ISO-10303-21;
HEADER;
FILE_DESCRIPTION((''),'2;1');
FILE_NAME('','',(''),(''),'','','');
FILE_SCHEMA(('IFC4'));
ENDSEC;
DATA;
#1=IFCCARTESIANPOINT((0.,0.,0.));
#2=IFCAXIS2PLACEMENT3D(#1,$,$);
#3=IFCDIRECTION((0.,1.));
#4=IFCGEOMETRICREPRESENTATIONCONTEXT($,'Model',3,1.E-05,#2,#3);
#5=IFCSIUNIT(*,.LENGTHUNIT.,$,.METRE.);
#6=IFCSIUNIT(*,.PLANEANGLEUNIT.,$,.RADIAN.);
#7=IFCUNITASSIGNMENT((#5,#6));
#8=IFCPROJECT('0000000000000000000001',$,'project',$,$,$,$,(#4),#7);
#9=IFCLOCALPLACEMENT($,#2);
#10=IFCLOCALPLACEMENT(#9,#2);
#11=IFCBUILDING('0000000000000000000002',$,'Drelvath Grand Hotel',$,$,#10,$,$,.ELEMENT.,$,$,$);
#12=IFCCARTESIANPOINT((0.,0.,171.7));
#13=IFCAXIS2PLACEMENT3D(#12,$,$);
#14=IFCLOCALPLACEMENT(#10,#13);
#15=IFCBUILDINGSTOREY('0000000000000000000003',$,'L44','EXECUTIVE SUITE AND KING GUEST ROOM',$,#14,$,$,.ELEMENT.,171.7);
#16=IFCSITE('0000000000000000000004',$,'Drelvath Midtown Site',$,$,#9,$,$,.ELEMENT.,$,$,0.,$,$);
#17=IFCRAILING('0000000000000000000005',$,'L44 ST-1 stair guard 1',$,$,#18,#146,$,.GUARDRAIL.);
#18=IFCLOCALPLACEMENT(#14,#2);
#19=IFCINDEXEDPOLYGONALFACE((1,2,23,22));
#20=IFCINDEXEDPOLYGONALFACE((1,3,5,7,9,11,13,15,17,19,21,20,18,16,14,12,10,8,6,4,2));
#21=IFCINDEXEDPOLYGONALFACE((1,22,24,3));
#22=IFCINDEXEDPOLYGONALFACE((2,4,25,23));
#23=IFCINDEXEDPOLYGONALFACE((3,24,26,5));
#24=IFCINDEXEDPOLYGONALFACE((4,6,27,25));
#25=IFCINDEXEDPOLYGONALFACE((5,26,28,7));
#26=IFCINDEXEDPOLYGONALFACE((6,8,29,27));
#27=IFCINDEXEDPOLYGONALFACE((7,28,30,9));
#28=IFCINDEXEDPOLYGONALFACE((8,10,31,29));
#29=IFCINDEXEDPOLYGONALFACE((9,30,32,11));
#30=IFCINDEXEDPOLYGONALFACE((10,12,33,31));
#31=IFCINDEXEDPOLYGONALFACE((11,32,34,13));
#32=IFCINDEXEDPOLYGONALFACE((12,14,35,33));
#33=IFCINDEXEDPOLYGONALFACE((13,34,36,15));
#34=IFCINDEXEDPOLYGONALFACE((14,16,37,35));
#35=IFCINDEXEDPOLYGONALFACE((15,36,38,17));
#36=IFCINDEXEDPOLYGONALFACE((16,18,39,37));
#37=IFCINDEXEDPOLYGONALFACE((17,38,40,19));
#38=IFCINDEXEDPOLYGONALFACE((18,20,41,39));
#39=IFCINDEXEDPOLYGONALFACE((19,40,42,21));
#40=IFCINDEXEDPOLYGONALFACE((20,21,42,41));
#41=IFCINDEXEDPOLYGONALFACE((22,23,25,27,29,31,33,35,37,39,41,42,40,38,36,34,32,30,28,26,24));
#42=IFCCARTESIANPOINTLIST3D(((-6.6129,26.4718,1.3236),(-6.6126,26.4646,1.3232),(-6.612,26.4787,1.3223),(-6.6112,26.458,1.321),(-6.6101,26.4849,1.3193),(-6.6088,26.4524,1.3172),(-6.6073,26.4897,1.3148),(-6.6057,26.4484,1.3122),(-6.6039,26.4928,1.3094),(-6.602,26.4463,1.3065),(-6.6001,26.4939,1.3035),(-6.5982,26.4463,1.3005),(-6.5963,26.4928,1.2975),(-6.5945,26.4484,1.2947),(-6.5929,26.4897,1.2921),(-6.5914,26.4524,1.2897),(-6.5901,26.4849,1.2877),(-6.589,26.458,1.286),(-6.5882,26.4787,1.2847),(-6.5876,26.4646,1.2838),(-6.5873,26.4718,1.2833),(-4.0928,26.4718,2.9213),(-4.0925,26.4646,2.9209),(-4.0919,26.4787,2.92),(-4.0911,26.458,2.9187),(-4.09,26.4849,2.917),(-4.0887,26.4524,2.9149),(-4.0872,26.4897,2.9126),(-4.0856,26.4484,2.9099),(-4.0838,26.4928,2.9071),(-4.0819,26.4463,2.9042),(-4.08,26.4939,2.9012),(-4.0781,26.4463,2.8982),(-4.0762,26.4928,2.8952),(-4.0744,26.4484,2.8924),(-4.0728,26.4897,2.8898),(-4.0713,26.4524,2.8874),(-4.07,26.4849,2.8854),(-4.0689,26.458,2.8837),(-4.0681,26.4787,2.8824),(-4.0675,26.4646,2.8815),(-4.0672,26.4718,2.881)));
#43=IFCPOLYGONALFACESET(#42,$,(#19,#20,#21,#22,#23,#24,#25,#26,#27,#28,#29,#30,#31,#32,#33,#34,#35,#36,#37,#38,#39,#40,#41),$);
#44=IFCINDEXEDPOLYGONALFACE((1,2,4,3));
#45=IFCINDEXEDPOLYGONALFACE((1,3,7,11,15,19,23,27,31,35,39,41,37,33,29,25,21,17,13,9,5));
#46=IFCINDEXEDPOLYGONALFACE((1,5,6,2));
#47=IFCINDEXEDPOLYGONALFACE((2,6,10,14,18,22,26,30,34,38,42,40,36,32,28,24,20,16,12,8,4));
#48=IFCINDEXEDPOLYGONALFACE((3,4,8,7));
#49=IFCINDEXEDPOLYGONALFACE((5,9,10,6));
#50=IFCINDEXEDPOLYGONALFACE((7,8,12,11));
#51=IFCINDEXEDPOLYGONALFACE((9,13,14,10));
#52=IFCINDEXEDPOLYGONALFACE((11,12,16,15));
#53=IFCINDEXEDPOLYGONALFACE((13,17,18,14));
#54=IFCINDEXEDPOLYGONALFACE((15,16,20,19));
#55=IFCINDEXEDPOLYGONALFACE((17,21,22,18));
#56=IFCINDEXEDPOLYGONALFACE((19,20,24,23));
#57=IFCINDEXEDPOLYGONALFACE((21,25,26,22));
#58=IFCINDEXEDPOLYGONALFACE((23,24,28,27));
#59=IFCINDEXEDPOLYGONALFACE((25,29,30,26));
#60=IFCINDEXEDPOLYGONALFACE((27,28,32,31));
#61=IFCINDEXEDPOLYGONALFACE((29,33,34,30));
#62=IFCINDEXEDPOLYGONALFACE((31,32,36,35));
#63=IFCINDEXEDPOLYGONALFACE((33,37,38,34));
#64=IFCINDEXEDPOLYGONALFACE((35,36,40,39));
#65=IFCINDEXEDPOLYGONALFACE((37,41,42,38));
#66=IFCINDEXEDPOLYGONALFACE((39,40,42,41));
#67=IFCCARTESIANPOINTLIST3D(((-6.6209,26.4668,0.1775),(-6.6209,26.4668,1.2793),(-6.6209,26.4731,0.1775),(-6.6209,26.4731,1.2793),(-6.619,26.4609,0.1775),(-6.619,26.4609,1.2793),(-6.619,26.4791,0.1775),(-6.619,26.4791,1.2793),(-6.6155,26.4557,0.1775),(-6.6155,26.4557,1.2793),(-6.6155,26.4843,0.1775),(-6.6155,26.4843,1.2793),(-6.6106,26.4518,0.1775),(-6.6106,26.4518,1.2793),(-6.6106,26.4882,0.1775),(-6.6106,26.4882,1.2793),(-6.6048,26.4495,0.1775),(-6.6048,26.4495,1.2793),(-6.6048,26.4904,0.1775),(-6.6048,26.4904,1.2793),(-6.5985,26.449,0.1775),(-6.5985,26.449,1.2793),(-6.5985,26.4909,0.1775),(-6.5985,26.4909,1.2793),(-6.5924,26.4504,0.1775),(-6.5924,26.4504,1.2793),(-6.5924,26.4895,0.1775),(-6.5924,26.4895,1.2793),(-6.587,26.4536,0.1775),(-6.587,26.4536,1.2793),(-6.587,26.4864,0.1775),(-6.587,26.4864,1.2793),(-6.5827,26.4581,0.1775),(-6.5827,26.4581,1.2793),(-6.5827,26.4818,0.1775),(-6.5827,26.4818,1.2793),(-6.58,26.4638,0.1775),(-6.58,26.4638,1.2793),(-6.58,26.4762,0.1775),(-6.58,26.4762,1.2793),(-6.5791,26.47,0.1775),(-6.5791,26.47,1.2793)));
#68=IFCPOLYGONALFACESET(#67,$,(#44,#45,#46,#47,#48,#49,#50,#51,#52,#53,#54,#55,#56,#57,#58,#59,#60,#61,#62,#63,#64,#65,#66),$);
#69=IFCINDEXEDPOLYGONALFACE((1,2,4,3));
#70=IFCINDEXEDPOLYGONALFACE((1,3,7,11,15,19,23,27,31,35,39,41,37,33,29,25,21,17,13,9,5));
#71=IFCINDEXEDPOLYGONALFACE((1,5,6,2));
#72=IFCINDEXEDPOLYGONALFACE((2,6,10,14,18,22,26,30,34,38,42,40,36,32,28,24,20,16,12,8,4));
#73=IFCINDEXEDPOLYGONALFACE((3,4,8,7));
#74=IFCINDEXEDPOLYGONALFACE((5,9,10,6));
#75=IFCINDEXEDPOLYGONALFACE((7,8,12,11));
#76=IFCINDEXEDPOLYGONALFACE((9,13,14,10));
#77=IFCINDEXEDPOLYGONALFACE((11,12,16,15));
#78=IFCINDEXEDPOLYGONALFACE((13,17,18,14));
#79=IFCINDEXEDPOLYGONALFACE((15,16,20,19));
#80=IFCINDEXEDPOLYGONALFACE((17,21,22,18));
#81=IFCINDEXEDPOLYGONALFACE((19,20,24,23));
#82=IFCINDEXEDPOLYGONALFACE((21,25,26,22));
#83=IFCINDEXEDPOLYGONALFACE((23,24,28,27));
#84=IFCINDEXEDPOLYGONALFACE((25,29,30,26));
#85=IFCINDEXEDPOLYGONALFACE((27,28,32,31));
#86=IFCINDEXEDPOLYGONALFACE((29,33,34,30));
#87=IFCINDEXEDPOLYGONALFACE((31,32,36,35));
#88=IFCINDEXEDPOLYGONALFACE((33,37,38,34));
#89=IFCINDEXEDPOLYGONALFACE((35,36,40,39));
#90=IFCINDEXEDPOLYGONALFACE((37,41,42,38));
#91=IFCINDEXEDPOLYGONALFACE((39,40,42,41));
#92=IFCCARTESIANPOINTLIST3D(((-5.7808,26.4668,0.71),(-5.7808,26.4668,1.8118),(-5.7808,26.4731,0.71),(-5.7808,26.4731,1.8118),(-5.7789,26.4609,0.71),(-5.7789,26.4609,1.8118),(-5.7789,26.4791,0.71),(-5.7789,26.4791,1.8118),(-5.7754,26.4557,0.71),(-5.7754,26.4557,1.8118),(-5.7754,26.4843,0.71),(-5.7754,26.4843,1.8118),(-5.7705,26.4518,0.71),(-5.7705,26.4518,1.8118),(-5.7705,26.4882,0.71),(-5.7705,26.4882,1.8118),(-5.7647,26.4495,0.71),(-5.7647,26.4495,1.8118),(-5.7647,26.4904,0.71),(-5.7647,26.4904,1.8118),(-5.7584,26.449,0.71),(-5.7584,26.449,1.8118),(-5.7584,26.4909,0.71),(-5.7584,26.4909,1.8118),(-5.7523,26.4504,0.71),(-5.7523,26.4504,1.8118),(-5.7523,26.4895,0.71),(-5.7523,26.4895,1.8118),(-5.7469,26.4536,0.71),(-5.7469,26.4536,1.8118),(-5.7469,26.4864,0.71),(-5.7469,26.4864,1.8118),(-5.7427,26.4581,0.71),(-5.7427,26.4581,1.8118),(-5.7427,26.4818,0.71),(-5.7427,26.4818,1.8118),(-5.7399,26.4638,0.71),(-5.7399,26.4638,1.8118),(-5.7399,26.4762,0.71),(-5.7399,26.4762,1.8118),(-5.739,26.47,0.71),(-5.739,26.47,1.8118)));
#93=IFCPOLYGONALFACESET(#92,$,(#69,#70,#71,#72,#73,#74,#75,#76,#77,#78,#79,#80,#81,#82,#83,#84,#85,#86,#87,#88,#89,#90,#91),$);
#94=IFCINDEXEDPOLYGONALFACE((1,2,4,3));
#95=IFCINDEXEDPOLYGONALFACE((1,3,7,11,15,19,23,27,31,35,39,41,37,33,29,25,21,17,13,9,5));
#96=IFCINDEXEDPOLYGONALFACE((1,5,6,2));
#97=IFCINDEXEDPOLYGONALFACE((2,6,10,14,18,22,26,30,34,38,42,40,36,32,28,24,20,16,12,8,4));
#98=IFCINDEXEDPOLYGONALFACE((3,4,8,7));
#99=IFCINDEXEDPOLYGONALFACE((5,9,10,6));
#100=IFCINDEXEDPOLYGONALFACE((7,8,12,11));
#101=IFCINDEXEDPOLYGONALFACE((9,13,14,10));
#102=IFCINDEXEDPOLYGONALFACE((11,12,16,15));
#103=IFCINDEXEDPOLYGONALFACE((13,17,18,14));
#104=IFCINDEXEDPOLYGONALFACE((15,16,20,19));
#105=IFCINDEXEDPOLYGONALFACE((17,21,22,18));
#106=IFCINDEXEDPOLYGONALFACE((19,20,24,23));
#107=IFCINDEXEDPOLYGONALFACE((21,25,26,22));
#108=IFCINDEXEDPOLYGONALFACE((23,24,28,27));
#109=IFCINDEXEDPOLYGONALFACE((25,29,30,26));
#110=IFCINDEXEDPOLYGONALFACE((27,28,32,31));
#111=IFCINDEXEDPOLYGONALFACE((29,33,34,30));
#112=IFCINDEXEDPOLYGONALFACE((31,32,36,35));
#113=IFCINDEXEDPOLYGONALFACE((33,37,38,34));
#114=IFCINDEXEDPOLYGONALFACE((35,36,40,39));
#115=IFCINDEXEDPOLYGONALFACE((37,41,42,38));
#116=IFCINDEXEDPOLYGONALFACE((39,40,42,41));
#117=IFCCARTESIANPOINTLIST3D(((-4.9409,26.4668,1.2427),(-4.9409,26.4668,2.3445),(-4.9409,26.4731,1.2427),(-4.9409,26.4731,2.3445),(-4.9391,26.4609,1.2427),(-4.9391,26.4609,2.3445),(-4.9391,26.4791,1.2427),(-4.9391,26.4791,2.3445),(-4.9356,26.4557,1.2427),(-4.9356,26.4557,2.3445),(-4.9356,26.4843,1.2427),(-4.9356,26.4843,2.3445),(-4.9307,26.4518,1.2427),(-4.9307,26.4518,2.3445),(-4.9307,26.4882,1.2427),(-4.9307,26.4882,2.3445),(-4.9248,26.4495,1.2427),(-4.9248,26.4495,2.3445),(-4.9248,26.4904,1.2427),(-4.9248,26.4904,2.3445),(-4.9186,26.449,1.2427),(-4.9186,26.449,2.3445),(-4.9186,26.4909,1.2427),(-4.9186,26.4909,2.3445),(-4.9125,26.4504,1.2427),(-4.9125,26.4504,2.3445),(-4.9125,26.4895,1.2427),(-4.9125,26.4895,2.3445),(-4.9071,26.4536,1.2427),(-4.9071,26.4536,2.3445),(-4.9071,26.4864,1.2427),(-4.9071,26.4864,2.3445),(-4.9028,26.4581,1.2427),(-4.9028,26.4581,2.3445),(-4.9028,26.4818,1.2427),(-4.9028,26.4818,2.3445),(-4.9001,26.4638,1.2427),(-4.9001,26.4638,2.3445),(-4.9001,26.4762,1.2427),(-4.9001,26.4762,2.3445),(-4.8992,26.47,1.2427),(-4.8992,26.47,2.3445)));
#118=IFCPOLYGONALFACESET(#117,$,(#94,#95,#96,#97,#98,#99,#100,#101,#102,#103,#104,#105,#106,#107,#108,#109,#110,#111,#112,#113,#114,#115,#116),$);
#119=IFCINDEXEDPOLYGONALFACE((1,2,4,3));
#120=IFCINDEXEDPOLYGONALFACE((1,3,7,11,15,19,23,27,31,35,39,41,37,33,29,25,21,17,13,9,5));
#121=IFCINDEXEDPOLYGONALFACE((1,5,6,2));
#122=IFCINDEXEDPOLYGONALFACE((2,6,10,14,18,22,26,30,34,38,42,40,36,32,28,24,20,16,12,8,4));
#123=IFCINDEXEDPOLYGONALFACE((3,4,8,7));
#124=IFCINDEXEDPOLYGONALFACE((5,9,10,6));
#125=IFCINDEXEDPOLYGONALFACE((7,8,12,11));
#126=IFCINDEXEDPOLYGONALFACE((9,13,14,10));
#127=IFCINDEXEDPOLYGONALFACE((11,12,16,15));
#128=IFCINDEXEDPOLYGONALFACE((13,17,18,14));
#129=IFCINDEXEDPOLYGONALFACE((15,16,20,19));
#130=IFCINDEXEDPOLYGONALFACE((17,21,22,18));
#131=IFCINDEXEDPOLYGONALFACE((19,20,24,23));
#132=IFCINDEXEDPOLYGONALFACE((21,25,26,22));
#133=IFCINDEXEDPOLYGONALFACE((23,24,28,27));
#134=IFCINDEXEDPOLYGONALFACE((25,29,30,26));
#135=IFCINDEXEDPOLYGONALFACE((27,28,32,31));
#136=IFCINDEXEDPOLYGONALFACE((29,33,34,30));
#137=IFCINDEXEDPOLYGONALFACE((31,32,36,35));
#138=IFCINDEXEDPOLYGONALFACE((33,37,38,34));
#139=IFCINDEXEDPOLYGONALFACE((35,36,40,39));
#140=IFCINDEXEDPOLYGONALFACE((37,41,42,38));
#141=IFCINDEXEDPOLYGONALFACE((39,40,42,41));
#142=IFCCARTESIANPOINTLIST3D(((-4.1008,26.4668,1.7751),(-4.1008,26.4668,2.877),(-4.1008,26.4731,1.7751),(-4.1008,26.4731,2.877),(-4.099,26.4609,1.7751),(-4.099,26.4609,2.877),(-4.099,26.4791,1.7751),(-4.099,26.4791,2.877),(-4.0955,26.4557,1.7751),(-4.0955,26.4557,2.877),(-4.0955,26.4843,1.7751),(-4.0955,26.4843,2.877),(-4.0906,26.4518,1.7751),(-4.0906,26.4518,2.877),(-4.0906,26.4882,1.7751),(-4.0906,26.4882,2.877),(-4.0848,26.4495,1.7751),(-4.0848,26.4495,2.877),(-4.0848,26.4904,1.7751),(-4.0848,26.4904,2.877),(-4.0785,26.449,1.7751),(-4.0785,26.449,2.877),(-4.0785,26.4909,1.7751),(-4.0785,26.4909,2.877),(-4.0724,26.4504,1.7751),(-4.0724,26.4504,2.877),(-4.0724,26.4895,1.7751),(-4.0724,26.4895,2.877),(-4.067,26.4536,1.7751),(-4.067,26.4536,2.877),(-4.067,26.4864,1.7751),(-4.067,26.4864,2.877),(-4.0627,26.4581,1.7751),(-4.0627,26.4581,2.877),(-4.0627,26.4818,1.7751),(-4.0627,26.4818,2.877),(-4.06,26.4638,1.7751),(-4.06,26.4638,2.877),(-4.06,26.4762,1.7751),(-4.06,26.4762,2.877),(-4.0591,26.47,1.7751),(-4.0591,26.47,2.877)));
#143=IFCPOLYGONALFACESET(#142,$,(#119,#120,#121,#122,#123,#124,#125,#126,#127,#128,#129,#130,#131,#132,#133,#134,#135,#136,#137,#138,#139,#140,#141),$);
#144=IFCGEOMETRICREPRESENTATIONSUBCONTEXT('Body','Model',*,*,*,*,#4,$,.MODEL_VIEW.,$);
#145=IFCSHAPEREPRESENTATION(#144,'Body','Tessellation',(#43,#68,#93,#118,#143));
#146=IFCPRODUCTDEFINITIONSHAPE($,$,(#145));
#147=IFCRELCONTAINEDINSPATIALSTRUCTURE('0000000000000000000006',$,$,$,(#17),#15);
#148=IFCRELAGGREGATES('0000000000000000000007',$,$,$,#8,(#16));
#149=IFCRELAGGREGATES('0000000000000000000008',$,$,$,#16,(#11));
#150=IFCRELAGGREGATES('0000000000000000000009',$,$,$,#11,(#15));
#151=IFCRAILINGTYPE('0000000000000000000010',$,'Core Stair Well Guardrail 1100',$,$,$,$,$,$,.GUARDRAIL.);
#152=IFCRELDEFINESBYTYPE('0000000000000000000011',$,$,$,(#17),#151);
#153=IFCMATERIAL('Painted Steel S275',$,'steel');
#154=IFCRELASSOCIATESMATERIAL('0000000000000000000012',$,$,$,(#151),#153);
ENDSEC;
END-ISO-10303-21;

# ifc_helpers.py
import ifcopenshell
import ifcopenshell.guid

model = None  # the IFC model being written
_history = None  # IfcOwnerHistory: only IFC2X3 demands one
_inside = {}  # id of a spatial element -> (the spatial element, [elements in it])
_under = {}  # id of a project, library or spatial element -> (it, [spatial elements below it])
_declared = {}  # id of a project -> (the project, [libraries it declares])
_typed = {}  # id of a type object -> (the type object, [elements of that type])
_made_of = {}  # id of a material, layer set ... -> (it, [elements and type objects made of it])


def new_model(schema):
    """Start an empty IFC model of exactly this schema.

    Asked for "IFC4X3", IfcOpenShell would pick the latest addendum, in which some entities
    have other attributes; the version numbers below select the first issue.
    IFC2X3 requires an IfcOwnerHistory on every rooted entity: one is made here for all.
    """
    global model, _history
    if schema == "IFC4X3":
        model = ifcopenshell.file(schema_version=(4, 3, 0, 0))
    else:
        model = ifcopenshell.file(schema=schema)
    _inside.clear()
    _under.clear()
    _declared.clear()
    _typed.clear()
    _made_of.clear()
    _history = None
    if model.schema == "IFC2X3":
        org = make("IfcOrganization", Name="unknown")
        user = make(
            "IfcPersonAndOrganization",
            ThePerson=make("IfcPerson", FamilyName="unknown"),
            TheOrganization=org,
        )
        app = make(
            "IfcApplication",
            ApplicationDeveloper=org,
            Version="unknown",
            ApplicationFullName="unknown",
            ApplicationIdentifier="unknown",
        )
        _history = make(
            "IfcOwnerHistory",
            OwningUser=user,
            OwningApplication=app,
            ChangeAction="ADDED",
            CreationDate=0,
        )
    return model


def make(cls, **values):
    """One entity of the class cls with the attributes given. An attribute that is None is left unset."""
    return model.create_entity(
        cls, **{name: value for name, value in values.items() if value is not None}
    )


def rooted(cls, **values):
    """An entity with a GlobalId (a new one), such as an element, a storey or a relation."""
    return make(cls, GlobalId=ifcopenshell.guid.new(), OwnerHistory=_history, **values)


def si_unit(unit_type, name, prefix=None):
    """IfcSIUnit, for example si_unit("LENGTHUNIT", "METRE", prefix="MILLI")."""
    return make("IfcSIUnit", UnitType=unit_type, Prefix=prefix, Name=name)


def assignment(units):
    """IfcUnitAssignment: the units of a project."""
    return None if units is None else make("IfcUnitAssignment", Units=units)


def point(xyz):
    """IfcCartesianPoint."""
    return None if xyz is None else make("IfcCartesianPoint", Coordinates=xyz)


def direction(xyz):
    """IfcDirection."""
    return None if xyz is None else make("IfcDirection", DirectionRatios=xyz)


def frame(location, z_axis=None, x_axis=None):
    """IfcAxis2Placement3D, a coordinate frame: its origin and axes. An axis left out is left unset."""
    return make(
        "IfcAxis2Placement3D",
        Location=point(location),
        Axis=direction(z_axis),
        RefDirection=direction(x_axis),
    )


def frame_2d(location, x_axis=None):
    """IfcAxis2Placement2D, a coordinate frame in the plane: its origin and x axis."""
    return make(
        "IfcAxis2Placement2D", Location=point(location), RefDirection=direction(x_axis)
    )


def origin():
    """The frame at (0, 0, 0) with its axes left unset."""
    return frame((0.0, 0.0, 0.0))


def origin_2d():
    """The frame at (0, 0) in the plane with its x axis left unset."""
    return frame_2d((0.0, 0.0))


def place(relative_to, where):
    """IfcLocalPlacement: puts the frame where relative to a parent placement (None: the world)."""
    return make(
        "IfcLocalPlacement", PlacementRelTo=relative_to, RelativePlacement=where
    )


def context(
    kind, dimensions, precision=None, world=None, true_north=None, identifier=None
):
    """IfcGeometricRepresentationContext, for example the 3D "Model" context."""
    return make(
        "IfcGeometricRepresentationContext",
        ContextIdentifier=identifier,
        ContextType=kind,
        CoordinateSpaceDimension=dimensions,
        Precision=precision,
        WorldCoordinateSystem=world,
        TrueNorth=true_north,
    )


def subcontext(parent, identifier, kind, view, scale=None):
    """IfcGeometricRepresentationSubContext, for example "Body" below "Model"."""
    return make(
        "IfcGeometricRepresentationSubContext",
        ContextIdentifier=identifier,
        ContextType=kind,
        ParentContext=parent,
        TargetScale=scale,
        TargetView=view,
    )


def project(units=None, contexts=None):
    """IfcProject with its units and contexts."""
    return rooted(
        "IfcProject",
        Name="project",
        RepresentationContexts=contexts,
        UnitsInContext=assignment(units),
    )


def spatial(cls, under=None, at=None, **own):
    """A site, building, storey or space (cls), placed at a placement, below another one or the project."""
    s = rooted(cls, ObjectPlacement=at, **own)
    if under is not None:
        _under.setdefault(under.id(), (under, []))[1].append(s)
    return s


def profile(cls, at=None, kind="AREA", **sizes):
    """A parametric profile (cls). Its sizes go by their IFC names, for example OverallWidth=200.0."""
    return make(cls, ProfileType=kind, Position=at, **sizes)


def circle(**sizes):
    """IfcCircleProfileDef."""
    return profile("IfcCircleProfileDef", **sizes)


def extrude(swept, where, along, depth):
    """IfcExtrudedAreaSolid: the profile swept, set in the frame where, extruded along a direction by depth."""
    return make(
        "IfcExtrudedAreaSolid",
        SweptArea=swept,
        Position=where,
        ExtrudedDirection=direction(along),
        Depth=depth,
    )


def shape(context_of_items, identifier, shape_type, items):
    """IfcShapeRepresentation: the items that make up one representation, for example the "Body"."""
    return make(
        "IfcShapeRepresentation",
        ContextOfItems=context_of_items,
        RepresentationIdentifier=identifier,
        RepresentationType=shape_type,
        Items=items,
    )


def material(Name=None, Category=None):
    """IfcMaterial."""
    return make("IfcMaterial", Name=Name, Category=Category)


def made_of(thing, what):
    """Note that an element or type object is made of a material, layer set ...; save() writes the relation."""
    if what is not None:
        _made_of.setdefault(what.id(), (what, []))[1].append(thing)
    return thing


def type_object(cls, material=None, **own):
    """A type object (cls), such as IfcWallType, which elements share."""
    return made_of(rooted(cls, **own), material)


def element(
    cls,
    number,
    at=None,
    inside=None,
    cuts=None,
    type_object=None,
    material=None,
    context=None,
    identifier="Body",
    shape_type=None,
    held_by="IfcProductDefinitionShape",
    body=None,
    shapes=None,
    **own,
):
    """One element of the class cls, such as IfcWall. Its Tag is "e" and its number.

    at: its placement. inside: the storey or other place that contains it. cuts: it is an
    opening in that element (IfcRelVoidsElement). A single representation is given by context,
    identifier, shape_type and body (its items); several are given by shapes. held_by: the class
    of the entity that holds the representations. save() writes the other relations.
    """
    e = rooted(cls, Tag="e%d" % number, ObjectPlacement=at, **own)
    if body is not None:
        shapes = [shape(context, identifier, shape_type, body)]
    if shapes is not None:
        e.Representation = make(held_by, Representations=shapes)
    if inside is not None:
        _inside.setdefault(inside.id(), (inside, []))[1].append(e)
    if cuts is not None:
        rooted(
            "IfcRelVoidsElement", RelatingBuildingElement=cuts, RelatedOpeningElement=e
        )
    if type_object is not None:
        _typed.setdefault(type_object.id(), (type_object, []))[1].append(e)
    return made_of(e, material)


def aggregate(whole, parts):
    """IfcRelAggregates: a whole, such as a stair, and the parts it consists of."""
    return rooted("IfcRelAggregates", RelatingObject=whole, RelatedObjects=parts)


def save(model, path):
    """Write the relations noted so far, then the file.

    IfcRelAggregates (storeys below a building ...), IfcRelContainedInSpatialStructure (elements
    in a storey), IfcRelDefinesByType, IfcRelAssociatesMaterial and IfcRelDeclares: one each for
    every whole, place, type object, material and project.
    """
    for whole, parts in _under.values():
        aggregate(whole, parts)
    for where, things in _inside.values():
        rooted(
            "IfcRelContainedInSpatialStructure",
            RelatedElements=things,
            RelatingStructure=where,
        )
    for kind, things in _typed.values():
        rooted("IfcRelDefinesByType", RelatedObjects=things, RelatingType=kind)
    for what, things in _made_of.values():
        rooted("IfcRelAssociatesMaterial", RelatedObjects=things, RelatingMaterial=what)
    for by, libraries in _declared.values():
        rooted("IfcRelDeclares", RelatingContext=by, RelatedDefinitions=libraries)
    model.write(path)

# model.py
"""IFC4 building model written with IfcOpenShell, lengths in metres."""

from ifc_helpers import new_model, si_unit, direction, frame, origin, origin_2d, place, context, subcontext, project, spatial, circle, extrude, material, type_object, element, save


model = new_model("IFC4")

# Units and contexts
model_context = context("Model", 3, precision=1e-05, world=origin(), true_north=direction((0.0, 1.0)))
body_context = subcontext(model_context, "Body", "Model", "MODEL_VIEW")
ifc_project = project(units=[si_unit("LENGTHUNIT", "METRE"), si_unit("PLANEANGLEUNIT", "RADIAN")], contexts=[model_context])

# Site, building, storey
site_placement = place(None, origin())
site = spatial("IfcSite", under=ifc_project, at=site_placement, Name="Drelvath Midtown Site", CompositionType="ELEMENT", RefElevation=0.0)
building_placement = place(site_placement, origin())
building = spatial("IfcBuilding", under=site, at=building_placement, Name="Drelvath Grand Hotel", CompositionType="ELEMENT")
storey_placement = place(building_placement, frame((0.0, 0.0, 171.7)))
storey = spatial("IfcBuildingStorey", under=building, at=storey_placement, Name="L44", Description="EXECUTIVE SUITE AND KING GUEST ROOM", CompositionType="ELEMENT", Elevation=171.7)

# Shared definitions
ifc_material_1 = material(Name="Painted Steel S275", Category="steel")

# Railing
railing_type_1 = type_object("IfcRailingType", Name="Core Stair Well Guardrail 1100", PredefinedType="GUARDRAIL", material=ifc_material_1)
railing_1_placement = place(storey_placement, frame((-6.6001, 26.47, 0.1775)))
element("IfcRailing", 1, at=railing_1_placement, inside=storey, type_object=railing_type_1, Name="L44 ST-1 stair guard 1", PredefinedType="GUARDRAIL", context=body_context, shape_type="SweptSolid", body=[
    extrude(circle(Radius=0.0239, at=origin_2d()), frame((0.0, 0.0, 1.126), z_axis=(0.84457, 0.0, 0.535445), x_axis=(0.0, 1.0, 0.0)), (0.0, 0.0, 1.0), 2.9839),
    extrude(circle(Radius=0.021, at=origin_2d()), origin(), (0.0, 0.0, 1.0), 1.1018),
    extrude(circle(Radius=0.021, at=origin_2d()), frame((0.8401, 0.0, 0.5325)), (0.0, 0.0, 1.0), 1.1018),
    extrude(circle(Radius=0.021, at=origin_2d()), frame((1.6799, 0.0, 1.0652)), (0.0, 0.0, 1.0), 1.1018),
    extrude(circle(Radius=0.021, at=origin_2d()), frame((2.52, 0.0, 1.5977)), (0.0, 0.0, 1.0), 1.1018),
])

save(model, "model.ifc")
